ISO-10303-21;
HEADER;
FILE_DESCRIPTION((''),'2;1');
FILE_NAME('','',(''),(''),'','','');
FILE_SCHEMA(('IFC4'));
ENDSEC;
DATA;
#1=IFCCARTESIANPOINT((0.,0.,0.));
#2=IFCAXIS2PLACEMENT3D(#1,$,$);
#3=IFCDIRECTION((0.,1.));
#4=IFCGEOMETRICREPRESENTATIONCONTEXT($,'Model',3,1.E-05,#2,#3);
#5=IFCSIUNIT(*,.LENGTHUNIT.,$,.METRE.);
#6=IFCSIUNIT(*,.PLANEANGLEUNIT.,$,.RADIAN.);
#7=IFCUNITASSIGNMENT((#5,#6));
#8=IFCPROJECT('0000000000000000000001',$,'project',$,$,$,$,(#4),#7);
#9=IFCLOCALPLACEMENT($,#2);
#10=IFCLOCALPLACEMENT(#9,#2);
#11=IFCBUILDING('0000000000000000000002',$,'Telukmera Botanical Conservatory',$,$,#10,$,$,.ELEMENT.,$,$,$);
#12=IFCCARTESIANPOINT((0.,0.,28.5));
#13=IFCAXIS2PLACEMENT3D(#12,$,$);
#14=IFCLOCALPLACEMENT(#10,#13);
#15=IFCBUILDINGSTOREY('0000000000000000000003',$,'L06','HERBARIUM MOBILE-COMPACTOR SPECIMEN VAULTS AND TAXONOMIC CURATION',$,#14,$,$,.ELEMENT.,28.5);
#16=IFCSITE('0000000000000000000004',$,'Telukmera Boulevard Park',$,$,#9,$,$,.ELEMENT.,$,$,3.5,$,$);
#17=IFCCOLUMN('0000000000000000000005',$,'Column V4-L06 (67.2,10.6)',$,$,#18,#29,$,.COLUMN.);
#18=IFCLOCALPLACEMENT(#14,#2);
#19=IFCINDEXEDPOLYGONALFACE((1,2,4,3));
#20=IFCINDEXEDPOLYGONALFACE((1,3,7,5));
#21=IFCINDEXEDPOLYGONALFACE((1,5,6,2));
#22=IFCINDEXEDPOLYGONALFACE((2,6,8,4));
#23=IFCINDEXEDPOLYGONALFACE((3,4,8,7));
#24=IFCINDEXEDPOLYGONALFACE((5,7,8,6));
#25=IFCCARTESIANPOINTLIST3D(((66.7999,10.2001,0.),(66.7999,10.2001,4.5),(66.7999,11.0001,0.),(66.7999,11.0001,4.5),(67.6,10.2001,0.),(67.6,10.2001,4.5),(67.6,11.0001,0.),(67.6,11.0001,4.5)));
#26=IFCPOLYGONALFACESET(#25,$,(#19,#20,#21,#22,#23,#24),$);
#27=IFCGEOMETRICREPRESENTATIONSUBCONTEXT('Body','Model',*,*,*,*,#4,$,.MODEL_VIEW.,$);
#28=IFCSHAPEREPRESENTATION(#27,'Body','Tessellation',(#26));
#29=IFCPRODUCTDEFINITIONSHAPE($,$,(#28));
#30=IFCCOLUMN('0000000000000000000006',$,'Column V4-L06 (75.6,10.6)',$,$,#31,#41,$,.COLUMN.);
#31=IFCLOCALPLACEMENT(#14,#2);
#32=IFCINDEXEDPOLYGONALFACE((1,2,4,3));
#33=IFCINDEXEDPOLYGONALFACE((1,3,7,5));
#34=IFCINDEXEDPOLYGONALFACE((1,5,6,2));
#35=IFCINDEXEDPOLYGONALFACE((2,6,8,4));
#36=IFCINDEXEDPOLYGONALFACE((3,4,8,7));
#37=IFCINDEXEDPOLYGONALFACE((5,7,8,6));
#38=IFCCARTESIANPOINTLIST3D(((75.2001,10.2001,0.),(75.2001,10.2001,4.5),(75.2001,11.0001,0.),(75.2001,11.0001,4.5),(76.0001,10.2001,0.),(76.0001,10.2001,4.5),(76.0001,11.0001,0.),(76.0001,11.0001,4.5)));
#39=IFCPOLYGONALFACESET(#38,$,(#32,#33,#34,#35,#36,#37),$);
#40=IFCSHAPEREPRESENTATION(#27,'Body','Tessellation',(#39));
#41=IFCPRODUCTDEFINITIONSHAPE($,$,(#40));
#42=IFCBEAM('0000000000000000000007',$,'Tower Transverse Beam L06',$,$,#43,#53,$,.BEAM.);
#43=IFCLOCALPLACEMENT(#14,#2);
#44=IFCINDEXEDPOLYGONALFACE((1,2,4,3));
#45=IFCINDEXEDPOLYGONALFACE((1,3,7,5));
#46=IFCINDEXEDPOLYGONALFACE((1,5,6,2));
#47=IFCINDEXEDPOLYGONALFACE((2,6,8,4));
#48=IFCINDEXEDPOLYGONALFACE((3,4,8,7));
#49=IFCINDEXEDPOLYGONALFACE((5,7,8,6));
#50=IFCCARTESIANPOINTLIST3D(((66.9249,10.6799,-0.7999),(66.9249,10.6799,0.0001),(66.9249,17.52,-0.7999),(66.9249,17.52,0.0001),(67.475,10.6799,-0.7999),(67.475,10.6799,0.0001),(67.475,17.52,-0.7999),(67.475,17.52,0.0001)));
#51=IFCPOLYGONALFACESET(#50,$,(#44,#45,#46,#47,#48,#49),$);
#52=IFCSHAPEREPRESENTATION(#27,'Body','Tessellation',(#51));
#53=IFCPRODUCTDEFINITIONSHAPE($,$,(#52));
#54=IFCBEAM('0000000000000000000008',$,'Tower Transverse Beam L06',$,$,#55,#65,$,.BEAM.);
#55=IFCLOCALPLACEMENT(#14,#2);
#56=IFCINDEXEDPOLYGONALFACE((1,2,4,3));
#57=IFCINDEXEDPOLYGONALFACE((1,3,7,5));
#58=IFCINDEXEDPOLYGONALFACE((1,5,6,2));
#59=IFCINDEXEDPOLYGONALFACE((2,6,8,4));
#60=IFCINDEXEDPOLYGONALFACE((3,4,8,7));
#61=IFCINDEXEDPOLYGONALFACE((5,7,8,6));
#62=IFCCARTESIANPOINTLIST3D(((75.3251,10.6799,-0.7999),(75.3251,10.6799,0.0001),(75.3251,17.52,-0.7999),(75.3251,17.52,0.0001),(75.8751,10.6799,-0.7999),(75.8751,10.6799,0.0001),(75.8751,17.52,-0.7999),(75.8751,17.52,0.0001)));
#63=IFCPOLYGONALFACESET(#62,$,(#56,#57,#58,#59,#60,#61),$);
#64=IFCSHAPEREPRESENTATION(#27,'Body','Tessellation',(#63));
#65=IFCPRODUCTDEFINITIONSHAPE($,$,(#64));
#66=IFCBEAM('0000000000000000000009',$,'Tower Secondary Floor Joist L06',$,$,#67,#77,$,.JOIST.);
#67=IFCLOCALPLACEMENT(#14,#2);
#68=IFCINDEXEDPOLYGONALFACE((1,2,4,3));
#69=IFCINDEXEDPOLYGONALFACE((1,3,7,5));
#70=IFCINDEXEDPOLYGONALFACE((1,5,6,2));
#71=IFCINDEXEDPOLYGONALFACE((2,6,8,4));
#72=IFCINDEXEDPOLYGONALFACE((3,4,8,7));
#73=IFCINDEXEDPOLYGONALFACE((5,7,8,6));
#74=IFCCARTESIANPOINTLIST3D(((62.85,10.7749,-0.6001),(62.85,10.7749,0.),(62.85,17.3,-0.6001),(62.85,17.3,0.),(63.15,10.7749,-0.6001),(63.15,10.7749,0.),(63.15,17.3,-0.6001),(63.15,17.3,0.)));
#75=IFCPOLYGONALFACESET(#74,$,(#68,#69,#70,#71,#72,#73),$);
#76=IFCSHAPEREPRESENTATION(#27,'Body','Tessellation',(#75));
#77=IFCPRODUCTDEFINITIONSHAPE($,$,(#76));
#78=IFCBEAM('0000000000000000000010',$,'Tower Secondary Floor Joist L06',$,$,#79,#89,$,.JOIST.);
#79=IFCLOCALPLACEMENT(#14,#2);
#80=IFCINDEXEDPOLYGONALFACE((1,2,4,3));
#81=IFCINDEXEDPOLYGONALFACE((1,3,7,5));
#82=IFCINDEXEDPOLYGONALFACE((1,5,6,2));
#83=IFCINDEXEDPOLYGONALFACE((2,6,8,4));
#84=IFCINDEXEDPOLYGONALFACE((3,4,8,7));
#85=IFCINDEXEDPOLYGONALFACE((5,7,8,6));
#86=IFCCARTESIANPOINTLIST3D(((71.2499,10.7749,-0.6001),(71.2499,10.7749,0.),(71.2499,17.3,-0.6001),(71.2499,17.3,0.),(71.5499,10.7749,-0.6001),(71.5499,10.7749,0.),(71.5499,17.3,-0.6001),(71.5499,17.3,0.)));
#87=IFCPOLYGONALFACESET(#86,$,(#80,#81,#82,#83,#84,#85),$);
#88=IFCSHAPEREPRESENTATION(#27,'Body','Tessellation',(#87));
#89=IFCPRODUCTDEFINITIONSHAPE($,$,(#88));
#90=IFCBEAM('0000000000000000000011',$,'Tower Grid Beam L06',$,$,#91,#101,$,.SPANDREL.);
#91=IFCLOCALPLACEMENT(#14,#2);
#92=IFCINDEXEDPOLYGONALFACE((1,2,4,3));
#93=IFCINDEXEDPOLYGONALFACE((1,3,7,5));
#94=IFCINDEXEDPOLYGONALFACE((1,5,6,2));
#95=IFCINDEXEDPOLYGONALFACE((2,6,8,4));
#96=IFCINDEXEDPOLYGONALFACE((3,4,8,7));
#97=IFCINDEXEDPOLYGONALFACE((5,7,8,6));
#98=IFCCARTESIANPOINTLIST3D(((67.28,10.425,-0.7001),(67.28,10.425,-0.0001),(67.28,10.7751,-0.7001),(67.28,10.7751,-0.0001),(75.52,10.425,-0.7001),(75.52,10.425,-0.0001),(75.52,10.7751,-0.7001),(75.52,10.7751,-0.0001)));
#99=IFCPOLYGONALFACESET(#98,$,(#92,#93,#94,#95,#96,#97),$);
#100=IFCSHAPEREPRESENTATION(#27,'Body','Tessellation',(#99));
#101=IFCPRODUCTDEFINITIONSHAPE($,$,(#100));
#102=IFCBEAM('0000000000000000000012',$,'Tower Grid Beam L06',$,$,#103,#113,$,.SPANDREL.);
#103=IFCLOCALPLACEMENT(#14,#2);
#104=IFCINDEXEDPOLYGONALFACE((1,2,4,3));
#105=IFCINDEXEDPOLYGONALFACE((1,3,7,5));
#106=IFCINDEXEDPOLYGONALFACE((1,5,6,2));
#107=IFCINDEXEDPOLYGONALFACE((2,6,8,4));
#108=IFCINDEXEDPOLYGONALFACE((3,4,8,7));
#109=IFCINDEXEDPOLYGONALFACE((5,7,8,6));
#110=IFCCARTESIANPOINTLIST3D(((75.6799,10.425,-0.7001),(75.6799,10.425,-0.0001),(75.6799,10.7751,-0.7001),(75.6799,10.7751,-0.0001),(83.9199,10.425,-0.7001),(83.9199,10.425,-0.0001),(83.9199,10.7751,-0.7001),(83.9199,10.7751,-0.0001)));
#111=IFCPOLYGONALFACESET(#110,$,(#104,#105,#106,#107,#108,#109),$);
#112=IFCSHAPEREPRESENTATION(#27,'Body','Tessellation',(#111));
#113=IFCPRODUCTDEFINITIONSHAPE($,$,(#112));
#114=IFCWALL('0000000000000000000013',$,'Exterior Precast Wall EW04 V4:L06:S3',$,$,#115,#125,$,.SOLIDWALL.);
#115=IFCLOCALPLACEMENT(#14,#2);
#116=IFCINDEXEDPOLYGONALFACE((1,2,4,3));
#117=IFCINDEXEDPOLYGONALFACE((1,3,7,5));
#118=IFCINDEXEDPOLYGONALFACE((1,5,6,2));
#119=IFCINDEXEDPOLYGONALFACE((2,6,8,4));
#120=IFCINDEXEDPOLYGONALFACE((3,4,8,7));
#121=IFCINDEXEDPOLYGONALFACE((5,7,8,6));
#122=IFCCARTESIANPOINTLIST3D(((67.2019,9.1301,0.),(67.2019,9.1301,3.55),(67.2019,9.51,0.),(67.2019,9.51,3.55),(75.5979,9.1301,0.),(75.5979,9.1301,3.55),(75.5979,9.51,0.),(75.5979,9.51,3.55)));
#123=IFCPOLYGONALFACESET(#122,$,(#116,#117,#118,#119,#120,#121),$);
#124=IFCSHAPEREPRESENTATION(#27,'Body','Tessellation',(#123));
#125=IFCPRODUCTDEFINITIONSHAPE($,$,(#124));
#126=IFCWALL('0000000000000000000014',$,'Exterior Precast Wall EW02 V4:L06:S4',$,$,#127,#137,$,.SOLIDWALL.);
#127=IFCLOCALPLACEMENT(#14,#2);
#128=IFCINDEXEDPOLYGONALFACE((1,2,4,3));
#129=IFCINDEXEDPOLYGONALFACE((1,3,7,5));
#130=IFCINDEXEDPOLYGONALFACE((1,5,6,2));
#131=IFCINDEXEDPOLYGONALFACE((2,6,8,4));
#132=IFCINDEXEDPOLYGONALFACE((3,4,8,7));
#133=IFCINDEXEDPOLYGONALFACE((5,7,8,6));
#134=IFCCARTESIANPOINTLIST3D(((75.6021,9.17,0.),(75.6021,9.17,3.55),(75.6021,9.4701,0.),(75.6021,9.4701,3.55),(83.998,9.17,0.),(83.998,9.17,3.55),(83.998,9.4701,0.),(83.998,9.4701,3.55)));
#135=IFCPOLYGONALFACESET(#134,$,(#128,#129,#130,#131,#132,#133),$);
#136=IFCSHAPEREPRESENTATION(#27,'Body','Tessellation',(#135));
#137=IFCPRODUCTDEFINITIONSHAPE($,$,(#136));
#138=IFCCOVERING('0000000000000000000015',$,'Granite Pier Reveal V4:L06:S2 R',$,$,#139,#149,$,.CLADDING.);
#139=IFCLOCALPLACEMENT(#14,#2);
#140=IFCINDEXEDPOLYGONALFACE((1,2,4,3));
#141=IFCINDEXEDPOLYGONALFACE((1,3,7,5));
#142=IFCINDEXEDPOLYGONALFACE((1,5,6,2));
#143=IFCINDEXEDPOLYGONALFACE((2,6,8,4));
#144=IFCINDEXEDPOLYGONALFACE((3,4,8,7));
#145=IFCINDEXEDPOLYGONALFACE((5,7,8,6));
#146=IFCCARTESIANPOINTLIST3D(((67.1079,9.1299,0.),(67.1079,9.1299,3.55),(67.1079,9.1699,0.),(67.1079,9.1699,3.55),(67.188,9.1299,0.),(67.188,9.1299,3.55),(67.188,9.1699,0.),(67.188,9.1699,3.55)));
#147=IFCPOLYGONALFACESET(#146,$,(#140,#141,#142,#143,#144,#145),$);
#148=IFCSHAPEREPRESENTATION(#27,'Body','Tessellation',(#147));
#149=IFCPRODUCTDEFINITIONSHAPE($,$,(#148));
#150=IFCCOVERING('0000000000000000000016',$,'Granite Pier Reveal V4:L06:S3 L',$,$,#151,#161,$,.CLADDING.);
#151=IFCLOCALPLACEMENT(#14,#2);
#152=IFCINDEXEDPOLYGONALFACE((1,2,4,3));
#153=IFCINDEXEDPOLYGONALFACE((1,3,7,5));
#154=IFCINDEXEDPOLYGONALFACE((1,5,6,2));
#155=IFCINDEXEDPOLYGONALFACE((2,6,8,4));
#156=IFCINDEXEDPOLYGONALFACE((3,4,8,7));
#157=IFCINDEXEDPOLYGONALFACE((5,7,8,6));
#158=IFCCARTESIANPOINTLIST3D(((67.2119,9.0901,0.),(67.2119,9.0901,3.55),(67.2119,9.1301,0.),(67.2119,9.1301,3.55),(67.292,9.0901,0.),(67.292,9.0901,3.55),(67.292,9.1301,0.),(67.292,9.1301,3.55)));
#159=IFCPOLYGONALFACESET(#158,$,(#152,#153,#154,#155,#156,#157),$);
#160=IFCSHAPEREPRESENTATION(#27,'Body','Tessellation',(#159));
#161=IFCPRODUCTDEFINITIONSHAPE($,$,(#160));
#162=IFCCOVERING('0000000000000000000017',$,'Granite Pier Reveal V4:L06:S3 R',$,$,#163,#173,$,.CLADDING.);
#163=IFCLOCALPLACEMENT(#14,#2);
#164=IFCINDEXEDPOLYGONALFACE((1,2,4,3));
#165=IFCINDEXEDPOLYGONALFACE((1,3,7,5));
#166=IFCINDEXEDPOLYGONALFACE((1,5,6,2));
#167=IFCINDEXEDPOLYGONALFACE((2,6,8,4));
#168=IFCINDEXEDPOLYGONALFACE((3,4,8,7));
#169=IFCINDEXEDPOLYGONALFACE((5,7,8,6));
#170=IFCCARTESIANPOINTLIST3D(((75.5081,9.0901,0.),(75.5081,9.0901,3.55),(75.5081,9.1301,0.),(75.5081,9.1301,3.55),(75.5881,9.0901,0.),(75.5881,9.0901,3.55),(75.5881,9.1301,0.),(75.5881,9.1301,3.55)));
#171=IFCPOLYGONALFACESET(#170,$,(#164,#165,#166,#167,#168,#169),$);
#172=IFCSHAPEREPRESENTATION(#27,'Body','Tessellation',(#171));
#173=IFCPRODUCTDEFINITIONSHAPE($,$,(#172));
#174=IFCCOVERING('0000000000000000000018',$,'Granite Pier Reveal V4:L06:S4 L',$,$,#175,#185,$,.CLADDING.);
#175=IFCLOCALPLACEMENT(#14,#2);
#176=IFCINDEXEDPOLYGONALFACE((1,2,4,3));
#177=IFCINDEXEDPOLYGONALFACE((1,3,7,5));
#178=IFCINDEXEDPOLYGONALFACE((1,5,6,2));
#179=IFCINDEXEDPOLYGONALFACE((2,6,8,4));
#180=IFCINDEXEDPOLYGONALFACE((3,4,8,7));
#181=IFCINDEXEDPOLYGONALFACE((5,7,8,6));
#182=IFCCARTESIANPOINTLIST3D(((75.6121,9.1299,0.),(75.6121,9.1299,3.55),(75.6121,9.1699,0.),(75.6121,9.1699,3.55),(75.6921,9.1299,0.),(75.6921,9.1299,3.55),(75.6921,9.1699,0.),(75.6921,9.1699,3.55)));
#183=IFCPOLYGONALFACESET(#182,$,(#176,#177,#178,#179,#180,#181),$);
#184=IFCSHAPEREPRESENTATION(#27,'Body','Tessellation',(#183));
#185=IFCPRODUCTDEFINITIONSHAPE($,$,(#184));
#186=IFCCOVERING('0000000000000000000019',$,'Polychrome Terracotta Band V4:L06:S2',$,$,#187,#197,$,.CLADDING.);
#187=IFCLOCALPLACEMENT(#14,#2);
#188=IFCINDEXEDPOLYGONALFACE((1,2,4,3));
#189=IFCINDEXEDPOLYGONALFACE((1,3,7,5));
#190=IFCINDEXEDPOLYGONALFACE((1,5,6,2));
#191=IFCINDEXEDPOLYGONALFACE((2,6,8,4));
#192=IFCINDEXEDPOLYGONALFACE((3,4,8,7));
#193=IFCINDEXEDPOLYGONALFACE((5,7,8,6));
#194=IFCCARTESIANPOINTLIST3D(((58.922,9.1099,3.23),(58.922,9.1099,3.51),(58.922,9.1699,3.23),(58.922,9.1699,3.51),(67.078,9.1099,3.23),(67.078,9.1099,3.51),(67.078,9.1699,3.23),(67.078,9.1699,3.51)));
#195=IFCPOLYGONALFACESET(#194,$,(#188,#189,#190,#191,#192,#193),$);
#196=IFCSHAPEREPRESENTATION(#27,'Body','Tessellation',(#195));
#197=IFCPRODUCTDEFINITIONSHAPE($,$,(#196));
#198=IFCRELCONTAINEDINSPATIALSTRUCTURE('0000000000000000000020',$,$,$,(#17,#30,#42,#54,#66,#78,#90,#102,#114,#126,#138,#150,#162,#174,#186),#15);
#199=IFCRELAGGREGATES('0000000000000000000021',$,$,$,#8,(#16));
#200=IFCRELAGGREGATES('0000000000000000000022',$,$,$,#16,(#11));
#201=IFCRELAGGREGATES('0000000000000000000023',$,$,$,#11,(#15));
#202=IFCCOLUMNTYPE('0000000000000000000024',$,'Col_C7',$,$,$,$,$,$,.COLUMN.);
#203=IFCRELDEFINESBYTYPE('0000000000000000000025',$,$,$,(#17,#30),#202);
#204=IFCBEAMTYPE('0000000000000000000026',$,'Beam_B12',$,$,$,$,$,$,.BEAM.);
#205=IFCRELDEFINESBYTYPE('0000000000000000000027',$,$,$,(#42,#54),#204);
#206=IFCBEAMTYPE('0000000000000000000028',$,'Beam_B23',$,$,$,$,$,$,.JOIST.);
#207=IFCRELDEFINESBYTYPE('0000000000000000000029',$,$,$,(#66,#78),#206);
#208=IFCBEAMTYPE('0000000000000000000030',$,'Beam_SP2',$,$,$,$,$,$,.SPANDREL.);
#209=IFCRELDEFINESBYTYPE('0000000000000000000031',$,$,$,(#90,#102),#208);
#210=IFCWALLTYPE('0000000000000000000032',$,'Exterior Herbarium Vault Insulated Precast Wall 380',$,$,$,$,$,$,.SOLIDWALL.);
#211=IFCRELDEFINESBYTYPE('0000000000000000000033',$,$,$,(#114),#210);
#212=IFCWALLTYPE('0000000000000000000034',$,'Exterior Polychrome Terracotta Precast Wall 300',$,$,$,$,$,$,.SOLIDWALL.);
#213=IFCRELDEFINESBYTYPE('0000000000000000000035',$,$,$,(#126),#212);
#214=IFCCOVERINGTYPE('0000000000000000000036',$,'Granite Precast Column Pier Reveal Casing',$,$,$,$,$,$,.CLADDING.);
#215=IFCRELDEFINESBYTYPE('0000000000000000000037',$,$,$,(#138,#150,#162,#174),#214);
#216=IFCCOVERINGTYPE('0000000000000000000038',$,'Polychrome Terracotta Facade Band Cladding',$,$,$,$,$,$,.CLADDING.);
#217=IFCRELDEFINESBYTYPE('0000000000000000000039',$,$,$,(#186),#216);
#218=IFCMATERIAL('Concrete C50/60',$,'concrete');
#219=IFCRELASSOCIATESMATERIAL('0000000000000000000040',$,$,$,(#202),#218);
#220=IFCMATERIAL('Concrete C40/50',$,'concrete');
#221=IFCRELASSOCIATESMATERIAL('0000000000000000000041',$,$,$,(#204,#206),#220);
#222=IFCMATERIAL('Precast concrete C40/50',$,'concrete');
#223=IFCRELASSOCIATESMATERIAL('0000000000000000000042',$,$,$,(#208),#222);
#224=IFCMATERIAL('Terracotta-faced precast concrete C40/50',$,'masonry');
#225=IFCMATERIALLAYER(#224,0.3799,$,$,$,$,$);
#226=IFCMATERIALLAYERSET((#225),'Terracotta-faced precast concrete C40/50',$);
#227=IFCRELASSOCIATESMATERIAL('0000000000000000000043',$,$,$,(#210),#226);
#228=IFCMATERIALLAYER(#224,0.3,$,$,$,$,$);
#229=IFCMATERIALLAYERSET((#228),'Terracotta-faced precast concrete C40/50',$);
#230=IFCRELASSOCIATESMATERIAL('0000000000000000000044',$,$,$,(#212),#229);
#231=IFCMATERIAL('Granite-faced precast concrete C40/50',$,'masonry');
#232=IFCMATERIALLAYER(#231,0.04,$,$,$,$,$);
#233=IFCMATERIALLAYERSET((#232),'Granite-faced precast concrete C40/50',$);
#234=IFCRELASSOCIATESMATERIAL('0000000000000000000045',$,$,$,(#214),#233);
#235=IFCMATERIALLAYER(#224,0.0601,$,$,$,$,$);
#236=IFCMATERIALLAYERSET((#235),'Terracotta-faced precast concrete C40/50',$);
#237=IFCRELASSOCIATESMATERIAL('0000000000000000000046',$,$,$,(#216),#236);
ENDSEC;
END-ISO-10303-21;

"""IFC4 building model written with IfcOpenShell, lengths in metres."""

from ifc_helpers import new_model, si_unit, direction, frame, frame_2d, origin, origin_2d, place, context, subcontext, project, spatial, rectangle, extrude, material, layer, layer_set, material_profile, profile_set, type_object, element, save


model = new_model("IFC4")

# Units and contexts
model_context = context("Model", 3, precision=1e-05, world=origin(), true_north=direction((0.0, 1.0)))
body_context = subcontext(model_context, "Body", "Model", "MODEL_VIEW")
ifc_project = project(units=[si_unit("LENGTHUNIT", "METRE"), si_unit("PLANEANGLEUNIT", "RADIAN")], contexts=[model_context])

# Site, building, storey
site_placement = place(None, origin())
site = spatial("IfcSite", under=ifc_project, at=site_placement, Name="Telukmera Boulevard Park", CompositionType="ELEMENT", RefElevation=3.5)
building_placement = place(site_placement, origin())
building = spatial("IfcBuilding", under=site, at=building_placement, Name="Telukmera Botanical Conservatory", CompositionType="ELEMENT")
storey_placement = place(building_placement, frame((0.0, 0.0, 28.5)))
storey = spatial("IfcBuildingStorey", under=building, at=storey_placement, Name="L06", Description="HERBARIUM MOBILE-COMPACTOR SPECIMEN VAULTS AND TAXONOMIC CURATION", CompositionType="ELEMENT", Elevation=28.5)

# Columns
ifc_material_1 = material(Name="Concrete C50/60", Category="concrete")
ifc_material_profile_1 = material_profile(ifc_material_1, rectangle(XDim=0.8, YDim=0.8, at=origin_2d()), Name="RC 800x800")
ifc_profile_set_1 = profile_set([ifc_material_profile_1], Name="Concrete C50/60")
column_type = type_object("IfcColumnType", Name="Col_C7", PredefinedType="COLUMN", material=ifc_profile_set_1)
for number, where, z_axis, x_axis, name in (
    (1, (67.2, 10.6001, 0.0), (0.0, 0.0, 1.0), (1.0, 0.0, 0.0), "Column V4-L06 (67.2,10.6)"),
    (2, (75.6001, 10.6001, 0.0), (0.0, 0.0, 1.0), (1.0, 0.0, 0.0), "Column V4-L06 (75.6,10.6)"),
):
    element("IfcColumn", number, at=place(storey_placement, frame(where, z_axis=z_axis, x_axis=x_axis)), inside=storey, type_object=column_type, Name=name, PredefinedType="COLUMN", context=body_context, shape_type="SweptSolid", body=[
        extrude(rectangle(XDim=0.8, YDim=0.8, at=origin_2d()), origin(), (0.0, 0.0, 1.0), 4.5),
    ])

# Beams
ifc_material_2 = material(Name="Concrete C40/50", Category="concrete")
ifc_material_profile_2 = material_profile(ifc_material_2, rectangle(XDim=0.55, YDim=0.8, at=origin_2d()), Name="RC 550x800")
ifc_profile_set_2 = profile_set([ifc_material_profile_2], Name="Concrete C40/50")
beam_type_1 = type_object("IfcBeamType", Name="Beam_B12", PredefinedType="BEAM", material=ifc_profile_set_2)
for number, where, z_axis, x_axis, name in (
    (3, (67.2, 10.6799, -0.3999), (0.0, 1.0, 0.0), (-1.0, 0.0, 0.0), "Tower Transverse Beam L06"),
    (4, (75.6001, 10.6799, -0.3999), (0.0, 1.0, 0.0), (-1.0, 0.0, 0.0), "Tower Transverse Beam L06"),
):
    element("IfcBeam", number, at=place(storey_placement, frame(where, z_axis=z_axis, x_axis=x_axis)), inside=storey, type_object=beam_type_1, Name=name, PredefinedType="BEAM", context=body_context, shape_type="SweptSolid", body=[
        extrude(rectangle(XDim=0.55, YDim=0.8, at=origin_2d()), origin(), (0.0, 0.0, 1.0), 6.8401),
    ])
ifc_material_profile_3 = material_profile(ifc_material_2, rectangle(XDim=0.3, YDim=0.6001, at=origin_2d()), Name="RC 300x600")
ifc_profile_set_3 = profile_set([ifc_material_profile_3], Name="Concrete C40/50")
beam_type_2 = type_object("IfcBeamType", Name="Beam_B23", PredefinedType="JOIST", material=ifc_profile_set_3)
for number, where, z_axis, x_axis, name in (
    (5, (63.0, 10.7749, -0.3), (0.0, 1.0, 0.0), (-1.0, 0.0, 0.0), "Tower Secondary Floor Joist L06"),
    (6, (71.3999, 10.7749, -0.3), (0.0, 1.0, 0.0), (-1.0, 0.0, 0.0), "Tower Secondary Floor Joist L06"),
):
    element("IfcBeam", number, at=place(storey_placement, frame(where, z_axis=z_axis, x_axis=x_axis)), inside=storey, type_object=beam_type_2, Name=name, PredefinedType="JOIST", context=body_context, shape_type="SweptSolid", body=[
        extrude(rectangle(XDim=0.3, YDim=0.6001, at=origin_2d()), origin(), (0.0, 0.0, 1.0), 6.5251),
    ])
ifc_material_3 = material(Name="Precast concrete C40/50", Category="concrete")
ifc_material_profile_4 = material_profile(ifc_material_3, rectangle(XDim=0.3501, YDim=0.7, at=origin_2d()), Name="PC 350x700")
ifc_profile_set_4 = profile_set([ifc_material_profile_4], Name="Precast concrete C40/50")
beam_type_3 = type_object("IfcBeamType", Name="Beam_SP2", PredefinedType="SPANDREL", material=ifc_profile_set_4)
for number, where, z_axis, x_axis, name in (
    (7, (67.28, 10.6001, -0.3501), (1.0, 0.0, 0.0), (0.0, 1.0, 0.0), "Tower Grid Beam L06"),
    (8, (75.6799, 10.6001, -0.3501), (1.0, 0.0, 0.0), (0.0, 1.0, 0.0), "Tower Grid Beam L06"),
):
    element("IfcBeam", number, at=place(storey_placement, frame(where, z_axis=z_axis, x_axis=x_axis)), inside=storey, type_object=beam_type_3, Name=name, PredefinedType="SPANDREL", context=body_context, shape_type="SweptSolid", body=[
        extrude(rectangle(XDim=0.3501, YDim=0.7, at=origin_2d()), origin(), (0.0, 0.0, 1.0), 8.24),
    ])

# Walls
ifc_material_4 = material(Name="Terracotta-faced precast concrete C40/50", Category="masonry")
ifc_layer_1 = layer(ifc_material_4, 0.3799)
ifc_layer_set_1 = layer_set([ifc_layer_1], Name="Terracotta-faced precast concrete C40/50")
wall_type_1 = type_object("IfcWallType", Name="Exterior Herbarium Vault Insulated Precast Wall 380", PredefinedType="SOLIDWALL", material=ifc_layer_set_1)
wall_1_placement = place(storey_placement, frame((67.2019, 9.3201, 0.0), z_axis=(0.0, 0.0, 1.0), x_axis=(1.0, 0.0, 0.0)))
element("IfcWall", 9, at=wall_1_placement, inside=storey, type_object=wall_type_1, Name="Exterior Precast Wall EW04 V4:L06:S3", PredefinedType="SOLIDWALL", context=body_context, shape_type="SweptSolid", body=[
    extrude(rectangle(XDim=8.396, YDim=0.3799, at=frame_2d((4.198, 0.0))), origin(), (0.0, 0.0, 1.0), 3.55),
])
ifc_layer_2 = layer(ifc_material_4, 0.3)
ifc_layer_set_2 = layer_set([ifc_layer_2], Name="Terracotta-faced precast concrete C40/50")
wall_type_2 = type_object("IfcWallType", Name="Exterior Polychrome Terracotta Precast Wall 300", PredefinedType="SOLIDWALL", material=ifc_layer_set_2)
wall_2_placement = place(storey_placement, frame((75.6021, 9.3201, 0.0), z_axis=(0.0, 0.0, 1.0), x_axis=(1.0, 0.0, 0.0)))
element("IfcWall", 10, at=wall_2_placement, inside=storey, type_object=wall_type_2, Name="Exterior Precast Wall EW02 V4:L06:S4", PredefinedType="SOLIDWALL", context=body_context, shape_type="SweptSolid", body=[
    extrude(rectangle(XDim=8.396, YDim=0.3, at=frame_2d((4.198, 0.0))), origin(), (0.0, 0.0, 1.0), 3.55),
])

# Coverings
ifc_material_5 = material(Name="Granite-faced precast concrete C40/50", Category="masonry")
ifc_layer_3 = layer(ifc_material_5, 0.04)
ifc_layer_set_3 = layer_set([ifc_layer_3], Name="Granite-faced precast concrete C40/50")
covering_type_1 = type_object("IfcCoveringType", Name="Granite Precast Column Pier Reveal Casing", PredefinedType="CLADDING", material=ifc_layer_set_3)
for number, where, z_axis, x_axis, name in (
    (11, (67.1479, 9.1499, 0.0), (0.0, 0.0, 1.0), (1.0, 0.0, 0.0), "Granite Pier Reveal V4:L06:S2 R"),
    (12, (67.252, 9.1101, 0.0), (0.0, 0.0, 1.0), (1.0, 0.0, 0.0), "Granite Pier Reveal V4:L06:S3 L"),
    (13, (75.5481, 9.1101, 0.0), (0.0, 0.0, 1.0), (1.0, 0.0, 0.0), "Granite Pier Reveal V4:L06:S3 R"),
    (14, (75.6521, 9.1499, 0.0), (0.0, 0.0, 1.0), (1.0, 0.0, 0.0), "Granite Pier Reveal V4:L06:S4 L"),
):
    element("IfcCovering", number, at=place(storey_placement, frame(where, z_axis=z_axis, x_axis=x_axis)), inside=storey, type_object=covering_type_1, Name=name, PredefinedType="CLADDING", context=body_context, shape_type="SweptSolid", body=[
        extrude(rectangle(XDim=0.0801, YDim=0.04, at=origin_2d()), origin(), (0.0, 0.0, 1.0), 3.55),
    ])
ifc_layer_4 = layer(ifc_material_4, 0.0601)
ifc_layer_set_4 = layer_set([ifc_layer_4], Name="Terracotta-faced precast concrete C40/50")
covering_type_2 = type_object("IfcCoveringType", Name="Polychrome Terracotta Facade Band Cladding", PredefinedType="CLADDING", material=ifc_layer_set_4)
for number, where, z_axis, x_axis, name in (
    (15, (63.0, 9.1399, 3.23), (0.0, 0.0, 1.0), (1.0, 0.0, 0.0), "Polychrome Terracotta Band V4:L06:S2"),
):
    element("IfcCovering", number, at=place(storey_placement, frame(where, z_axis=z_axis, x_axis=x_axis)), inside=storey, type_object=covering_type_2, Name=name, PredefinedType="CLADDING", context=body_context, shape_type="SweptSolid", body=[
        extrude(rectangle(XDim=8.156, YDim=0.0601, at=origin_2d()), origin(), (0.0, 0.0, 1.0), 0.28),
    ])

save(model, "model.ifc")
